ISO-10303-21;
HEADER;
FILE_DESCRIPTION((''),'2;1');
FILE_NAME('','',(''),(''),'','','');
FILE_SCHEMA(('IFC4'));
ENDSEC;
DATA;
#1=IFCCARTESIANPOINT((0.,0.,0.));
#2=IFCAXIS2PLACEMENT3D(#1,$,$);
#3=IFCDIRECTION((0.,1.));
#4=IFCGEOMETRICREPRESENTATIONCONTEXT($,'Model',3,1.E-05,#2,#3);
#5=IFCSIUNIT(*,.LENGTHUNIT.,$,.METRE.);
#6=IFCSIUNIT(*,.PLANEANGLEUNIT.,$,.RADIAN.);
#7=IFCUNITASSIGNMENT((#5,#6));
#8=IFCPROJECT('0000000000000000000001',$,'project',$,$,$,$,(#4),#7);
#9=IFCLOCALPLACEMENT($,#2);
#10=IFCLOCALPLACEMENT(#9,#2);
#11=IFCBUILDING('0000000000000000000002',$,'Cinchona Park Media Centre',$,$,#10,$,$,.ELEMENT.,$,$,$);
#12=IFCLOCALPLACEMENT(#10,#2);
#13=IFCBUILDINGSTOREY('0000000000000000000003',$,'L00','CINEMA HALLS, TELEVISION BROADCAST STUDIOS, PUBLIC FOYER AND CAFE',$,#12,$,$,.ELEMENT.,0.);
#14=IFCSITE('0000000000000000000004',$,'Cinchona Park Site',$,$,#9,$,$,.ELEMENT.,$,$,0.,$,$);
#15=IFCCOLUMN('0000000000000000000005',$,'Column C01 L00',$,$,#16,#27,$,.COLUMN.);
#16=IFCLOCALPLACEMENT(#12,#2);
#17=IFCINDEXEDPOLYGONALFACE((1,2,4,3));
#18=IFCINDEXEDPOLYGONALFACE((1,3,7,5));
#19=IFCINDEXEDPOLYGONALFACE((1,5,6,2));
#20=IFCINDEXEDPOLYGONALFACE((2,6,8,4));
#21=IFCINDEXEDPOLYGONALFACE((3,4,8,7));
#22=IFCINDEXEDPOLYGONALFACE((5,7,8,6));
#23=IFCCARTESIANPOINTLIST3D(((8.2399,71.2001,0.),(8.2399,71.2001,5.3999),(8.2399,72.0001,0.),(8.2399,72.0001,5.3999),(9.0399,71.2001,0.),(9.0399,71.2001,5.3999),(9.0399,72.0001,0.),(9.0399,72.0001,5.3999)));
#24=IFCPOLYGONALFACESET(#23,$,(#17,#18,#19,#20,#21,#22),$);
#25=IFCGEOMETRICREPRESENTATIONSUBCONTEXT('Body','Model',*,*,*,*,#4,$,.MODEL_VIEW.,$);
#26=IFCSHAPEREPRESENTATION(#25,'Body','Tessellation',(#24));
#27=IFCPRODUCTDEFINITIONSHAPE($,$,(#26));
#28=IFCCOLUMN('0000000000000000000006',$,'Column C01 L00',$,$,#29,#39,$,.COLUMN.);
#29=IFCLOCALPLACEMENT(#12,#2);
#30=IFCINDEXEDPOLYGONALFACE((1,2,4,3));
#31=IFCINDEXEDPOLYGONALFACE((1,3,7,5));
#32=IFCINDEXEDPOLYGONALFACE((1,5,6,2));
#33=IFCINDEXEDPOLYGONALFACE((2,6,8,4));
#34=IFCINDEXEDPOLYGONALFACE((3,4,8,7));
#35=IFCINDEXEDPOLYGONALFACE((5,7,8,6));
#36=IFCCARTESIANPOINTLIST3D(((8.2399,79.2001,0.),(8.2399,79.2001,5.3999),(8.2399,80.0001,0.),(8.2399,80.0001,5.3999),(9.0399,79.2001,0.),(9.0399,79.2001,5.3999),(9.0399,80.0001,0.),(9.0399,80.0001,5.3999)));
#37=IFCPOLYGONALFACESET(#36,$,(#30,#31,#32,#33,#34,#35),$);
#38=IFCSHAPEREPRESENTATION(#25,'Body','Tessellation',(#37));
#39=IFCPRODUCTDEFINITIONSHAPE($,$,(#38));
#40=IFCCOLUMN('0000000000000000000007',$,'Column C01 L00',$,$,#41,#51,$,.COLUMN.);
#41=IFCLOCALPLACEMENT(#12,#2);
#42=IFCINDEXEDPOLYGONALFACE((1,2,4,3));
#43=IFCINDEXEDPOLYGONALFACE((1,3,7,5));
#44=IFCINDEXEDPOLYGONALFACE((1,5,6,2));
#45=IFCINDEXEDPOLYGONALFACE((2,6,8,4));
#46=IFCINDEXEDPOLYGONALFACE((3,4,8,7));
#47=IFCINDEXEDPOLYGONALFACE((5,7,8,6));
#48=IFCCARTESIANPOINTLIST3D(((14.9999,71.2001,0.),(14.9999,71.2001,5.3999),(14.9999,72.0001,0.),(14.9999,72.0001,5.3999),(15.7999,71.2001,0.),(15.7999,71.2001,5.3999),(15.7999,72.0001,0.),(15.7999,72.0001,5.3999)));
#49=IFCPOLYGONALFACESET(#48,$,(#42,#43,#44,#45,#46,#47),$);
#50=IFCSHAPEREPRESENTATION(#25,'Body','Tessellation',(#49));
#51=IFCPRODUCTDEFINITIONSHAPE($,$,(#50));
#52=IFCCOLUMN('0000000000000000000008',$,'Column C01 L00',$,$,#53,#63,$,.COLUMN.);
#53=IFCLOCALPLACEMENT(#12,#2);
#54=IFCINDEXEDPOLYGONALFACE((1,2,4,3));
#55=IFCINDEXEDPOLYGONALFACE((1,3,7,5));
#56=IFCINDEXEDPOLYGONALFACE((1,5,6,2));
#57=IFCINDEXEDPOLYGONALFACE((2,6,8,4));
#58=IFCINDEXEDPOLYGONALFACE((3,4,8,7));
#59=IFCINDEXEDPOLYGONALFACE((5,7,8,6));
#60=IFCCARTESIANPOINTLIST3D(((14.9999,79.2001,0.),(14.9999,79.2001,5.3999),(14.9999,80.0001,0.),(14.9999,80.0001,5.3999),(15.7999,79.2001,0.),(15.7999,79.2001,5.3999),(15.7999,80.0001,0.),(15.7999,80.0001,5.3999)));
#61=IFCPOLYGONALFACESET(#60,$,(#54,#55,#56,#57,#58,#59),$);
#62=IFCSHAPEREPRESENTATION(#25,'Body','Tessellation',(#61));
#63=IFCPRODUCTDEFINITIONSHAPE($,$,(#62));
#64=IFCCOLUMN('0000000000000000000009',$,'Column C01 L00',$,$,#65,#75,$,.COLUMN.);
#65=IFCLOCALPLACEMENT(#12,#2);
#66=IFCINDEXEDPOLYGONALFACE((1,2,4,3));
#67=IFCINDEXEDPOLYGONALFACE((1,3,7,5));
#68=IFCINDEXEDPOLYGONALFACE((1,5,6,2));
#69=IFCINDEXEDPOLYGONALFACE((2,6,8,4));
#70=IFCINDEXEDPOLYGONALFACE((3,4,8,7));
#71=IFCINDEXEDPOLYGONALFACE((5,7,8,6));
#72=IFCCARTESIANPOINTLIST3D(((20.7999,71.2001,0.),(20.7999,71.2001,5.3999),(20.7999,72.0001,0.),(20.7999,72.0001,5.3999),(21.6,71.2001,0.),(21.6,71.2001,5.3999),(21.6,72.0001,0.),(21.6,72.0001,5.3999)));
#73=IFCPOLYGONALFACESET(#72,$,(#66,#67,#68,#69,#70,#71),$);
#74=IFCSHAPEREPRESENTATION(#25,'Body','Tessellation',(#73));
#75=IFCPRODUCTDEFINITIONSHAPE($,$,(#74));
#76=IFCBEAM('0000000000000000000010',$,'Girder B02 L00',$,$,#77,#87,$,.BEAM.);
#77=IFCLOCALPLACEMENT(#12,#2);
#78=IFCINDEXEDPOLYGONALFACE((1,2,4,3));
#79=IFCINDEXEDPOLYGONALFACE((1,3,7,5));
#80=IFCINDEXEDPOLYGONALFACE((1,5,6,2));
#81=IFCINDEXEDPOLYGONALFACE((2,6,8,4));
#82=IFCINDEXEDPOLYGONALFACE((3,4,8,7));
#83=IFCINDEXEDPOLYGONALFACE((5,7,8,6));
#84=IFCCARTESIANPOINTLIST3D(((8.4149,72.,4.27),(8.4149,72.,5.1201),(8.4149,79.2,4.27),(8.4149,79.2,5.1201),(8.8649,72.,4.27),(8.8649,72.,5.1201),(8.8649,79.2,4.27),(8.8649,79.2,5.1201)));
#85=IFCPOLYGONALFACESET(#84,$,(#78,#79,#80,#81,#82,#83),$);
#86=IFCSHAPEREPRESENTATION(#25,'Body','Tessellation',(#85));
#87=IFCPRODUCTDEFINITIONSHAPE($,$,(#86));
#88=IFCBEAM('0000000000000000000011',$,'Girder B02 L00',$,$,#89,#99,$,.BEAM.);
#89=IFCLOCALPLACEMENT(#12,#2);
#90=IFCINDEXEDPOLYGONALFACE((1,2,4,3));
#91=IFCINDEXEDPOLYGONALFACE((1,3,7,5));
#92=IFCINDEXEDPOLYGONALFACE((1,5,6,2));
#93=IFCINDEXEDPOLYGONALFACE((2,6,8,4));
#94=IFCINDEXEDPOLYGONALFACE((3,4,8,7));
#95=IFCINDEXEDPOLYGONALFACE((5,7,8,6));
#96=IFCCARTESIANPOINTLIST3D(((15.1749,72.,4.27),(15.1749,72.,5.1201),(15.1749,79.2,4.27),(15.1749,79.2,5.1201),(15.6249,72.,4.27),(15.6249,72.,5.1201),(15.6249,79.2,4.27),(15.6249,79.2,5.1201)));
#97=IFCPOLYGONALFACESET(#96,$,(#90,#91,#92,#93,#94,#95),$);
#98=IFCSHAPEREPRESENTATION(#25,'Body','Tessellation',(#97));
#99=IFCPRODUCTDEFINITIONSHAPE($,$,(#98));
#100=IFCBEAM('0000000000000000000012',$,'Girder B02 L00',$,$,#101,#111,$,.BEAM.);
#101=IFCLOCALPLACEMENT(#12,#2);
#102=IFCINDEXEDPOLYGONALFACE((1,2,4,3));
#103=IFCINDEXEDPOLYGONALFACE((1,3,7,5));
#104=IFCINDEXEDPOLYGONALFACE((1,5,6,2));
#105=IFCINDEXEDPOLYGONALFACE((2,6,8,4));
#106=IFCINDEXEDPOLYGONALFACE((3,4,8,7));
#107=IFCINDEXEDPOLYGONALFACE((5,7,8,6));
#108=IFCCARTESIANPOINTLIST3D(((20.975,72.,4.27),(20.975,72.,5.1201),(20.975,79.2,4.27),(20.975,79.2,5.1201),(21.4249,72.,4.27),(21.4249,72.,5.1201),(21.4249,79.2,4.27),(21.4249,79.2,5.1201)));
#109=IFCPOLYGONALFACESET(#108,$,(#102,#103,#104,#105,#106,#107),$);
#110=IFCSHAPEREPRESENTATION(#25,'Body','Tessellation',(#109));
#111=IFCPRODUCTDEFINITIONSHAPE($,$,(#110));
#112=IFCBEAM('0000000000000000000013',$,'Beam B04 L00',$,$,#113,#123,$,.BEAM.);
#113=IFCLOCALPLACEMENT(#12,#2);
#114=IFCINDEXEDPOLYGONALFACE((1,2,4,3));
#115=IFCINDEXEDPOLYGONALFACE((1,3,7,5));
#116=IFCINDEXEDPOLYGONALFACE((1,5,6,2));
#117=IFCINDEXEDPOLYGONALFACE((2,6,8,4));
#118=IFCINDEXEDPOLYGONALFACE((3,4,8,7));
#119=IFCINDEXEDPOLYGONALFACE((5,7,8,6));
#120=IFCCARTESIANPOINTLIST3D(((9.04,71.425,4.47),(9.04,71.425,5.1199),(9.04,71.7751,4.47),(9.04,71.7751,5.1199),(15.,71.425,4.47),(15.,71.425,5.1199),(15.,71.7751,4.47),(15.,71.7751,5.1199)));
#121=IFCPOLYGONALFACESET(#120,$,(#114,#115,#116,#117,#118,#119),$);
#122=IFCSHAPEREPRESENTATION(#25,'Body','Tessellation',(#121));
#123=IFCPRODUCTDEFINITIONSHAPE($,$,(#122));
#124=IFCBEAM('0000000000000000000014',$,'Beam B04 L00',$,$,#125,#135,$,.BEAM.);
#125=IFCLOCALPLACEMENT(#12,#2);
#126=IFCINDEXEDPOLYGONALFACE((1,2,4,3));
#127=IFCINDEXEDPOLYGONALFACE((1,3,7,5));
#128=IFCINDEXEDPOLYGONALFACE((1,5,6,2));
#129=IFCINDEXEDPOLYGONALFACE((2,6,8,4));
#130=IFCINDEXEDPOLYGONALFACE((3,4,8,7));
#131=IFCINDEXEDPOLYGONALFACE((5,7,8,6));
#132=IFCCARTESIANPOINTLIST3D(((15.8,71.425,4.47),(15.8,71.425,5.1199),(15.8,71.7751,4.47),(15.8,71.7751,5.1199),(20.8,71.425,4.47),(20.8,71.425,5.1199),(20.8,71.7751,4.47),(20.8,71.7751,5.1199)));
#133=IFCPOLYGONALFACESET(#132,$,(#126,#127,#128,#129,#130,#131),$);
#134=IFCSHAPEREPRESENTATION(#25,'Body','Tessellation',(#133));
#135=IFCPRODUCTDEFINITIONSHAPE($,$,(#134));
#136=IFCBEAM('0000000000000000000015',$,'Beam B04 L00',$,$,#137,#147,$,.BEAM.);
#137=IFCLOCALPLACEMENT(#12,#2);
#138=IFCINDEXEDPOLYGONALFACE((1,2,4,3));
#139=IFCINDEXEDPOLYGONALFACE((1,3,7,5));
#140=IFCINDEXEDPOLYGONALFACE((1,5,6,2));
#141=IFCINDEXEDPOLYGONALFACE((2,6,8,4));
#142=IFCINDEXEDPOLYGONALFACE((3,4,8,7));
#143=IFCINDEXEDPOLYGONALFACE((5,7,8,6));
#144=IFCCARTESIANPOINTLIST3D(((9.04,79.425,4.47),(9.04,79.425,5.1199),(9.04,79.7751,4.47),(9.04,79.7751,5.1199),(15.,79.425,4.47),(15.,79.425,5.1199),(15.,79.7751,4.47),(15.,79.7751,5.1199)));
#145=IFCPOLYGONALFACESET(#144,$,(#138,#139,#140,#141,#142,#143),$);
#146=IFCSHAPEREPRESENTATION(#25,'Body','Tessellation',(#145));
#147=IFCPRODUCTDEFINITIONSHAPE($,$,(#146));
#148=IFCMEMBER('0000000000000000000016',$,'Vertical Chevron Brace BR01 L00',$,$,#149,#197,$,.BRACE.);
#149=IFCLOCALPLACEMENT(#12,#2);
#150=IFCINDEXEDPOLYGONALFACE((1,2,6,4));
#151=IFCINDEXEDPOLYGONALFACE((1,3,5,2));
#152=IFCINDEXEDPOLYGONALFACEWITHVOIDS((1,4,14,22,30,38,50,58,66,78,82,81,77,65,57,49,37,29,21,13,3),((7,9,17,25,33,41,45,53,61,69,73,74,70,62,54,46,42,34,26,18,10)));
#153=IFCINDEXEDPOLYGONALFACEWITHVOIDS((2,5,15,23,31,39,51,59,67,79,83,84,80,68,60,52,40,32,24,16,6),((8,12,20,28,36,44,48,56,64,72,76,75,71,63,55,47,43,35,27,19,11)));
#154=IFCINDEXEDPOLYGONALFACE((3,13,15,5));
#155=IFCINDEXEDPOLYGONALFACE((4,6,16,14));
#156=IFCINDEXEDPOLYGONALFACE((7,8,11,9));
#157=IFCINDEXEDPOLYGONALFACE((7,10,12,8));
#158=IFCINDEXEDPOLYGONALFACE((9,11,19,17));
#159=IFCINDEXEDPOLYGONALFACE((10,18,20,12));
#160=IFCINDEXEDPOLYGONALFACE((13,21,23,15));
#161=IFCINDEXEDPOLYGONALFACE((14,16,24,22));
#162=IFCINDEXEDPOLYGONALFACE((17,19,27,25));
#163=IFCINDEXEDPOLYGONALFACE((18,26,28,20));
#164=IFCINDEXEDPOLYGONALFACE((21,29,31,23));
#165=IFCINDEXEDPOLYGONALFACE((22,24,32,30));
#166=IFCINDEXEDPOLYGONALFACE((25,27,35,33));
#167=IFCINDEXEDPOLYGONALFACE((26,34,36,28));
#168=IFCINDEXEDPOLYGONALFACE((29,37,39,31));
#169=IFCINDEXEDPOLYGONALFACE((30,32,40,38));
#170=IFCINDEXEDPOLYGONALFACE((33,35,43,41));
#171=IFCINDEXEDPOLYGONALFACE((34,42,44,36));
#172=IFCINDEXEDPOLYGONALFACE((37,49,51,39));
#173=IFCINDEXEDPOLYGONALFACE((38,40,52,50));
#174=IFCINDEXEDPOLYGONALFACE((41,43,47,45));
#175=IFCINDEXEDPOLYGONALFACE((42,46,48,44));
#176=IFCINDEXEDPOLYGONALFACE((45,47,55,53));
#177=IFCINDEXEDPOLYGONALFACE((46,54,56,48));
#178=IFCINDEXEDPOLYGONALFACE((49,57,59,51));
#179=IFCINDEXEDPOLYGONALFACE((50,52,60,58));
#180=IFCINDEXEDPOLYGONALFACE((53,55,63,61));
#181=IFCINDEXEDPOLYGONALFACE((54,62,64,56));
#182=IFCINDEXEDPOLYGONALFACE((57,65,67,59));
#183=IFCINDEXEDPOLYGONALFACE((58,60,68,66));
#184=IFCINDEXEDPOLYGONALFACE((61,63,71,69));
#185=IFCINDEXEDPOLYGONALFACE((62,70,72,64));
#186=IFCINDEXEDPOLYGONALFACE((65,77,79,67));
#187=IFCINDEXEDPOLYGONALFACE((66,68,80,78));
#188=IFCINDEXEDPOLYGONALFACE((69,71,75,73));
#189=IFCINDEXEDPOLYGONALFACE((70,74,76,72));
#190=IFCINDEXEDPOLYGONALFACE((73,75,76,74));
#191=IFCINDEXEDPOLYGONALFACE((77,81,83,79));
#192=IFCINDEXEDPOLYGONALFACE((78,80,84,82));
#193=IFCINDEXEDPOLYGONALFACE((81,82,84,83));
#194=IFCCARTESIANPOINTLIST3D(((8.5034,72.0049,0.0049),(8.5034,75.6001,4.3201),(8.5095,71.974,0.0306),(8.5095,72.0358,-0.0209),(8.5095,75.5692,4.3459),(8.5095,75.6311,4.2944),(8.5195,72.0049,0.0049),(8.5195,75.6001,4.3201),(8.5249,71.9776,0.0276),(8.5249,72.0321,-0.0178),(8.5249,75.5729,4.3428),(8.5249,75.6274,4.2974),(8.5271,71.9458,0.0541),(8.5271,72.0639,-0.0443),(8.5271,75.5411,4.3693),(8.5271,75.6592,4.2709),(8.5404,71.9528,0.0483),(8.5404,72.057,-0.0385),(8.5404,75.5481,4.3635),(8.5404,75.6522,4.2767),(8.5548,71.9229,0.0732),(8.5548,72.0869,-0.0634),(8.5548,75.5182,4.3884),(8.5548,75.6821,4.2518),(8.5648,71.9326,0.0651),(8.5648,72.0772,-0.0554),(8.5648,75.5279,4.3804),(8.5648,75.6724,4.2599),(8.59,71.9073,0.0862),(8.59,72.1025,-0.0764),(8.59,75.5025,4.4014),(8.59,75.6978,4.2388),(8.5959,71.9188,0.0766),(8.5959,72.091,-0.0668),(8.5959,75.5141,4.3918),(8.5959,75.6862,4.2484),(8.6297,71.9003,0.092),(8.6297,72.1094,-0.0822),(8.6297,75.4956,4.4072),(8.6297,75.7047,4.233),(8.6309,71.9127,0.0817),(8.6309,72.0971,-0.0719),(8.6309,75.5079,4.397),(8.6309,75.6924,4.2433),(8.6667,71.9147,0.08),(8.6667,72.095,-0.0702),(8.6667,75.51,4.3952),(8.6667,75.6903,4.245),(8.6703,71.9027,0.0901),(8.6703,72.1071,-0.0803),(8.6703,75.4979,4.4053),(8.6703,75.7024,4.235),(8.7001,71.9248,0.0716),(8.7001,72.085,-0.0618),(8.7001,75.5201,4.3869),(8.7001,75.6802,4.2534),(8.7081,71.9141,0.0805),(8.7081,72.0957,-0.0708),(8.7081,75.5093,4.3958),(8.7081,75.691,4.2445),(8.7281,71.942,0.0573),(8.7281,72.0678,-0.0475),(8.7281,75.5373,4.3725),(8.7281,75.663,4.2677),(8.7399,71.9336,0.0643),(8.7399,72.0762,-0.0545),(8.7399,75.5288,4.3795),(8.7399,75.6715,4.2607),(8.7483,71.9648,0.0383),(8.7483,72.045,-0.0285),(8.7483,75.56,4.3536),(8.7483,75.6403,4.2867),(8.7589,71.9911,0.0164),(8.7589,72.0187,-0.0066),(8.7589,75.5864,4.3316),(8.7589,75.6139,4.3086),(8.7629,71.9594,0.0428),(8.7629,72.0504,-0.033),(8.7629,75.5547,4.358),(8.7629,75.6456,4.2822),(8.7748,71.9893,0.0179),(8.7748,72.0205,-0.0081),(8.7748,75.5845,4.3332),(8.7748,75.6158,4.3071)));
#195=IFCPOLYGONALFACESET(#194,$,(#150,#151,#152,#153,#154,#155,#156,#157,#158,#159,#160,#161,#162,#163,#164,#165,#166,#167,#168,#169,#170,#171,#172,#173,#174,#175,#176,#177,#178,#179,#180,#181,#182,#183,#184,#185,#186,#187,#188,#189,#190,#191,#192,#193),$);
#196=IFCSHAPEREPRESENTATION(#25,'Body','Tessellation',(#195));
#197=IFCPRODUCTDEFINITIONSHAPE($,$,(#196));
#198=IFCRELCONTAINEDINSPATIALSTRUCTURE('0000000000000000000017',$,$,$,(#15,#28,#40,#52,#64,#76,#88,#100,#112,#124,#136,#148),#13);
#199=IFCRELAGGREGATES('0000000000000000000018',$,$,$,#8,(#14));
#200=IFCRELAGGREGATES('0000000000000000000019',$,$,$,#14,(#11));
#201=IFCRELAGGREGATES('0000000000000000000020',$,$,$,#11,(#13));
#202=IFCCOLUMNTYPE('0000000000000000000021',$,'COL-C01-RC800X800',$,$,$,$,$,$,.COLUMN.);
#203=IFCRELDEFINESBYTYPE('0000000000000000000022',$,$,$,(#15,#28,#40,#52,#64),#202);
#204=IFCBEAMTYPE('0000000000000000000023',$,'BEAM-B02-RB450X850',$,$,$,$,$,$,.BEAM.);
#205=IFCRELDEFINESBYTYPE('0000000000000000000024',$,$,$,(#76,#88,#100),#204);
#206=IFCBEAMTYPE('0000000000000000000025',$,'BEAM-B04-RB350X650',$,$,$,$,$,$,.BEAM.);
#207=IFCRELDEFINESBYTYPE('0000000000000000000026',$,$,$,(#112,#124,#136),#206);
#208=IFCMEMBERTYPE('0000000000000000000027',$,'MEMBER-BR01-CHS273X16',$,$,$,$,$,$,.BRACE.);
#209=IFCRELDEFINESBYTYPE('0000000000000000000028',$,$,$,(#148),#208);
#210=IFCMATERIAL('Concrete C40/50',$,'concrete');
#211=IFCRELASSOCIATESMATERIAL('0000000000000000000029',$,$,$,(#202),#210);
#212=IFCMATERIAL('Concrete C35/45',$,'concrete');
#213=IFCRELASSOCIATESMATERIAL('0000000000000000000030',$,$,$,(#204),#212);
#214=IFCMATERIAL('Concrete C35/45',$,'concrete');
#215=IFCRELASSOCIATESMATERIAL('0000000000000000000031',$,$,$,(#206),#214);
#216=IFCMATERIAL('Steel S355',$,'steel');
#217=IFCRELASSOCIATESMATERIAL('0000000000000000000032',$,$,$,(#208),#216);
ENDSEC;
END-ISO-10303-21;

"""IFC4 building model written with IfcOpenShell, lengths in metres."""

from ifc_helpers import new_model, si_unit, direction, frame, origin, origin_2d, place, context, subcontext, project, spatial, rectangle, hollow_circle, extrude, material, material_profile, profile_set, type_object, element, save


model = new_model("IFC4")

# Units and contexts
model_context = context("Model", 3, precision=1e-05, world=origin(), true_north=direction((0.0, 1.0)))
body_context = subcontext(model_context, "Body", "Model", "MODEL_VIEW")
ifc_project = project(units=[si_unit("LENGTHUNIT", "METRE"), si_unit("PLANEANGLEUNIT", "RADIAN")], contexts=[model_context])

# Site, building, storey
site_placement = place(None, origin())
site = spatial("IfcSite", under=ifc_project, at=site_placement, Name="Cinchona Park Site", CompositionType="ELEMENT", RefElevation=0.0)
building_placement = place(site_placement, origin())
building = spatial("IfcBuilding", under=site, at=building_placement, Name="Cinchona Park Media Centre", CompositionType="ELEMENT")
storey_placement = place(building_placement, origin())
storey = spatial("IfcBuildingStorey", under=building, at=storey_placement, Name="L00", Description="CINEMA HALLS, TELEVISION BROADCAST STUDIOS, PUBLIC FOYER AND CAFE", CompositionType="ELEMENT", Elevation=0.0)

# Columns
ifc_material_1 = material(Name="Concrete C40/50", Category="concrete")
ifc_material_profile_1 = material_profile(ifc_material_1, rectangle(XDim=0.8, YDim=0.8, at=origin_2d()), Name="RC 800X800")
ifc_profile_set_1 = profile_set([ifc_material_profile_1], Name="Concrete C40/50")
column_type = type_object("IfcColumnType", Name="COL-C01-RC800X800", PredefinedType="COLUMN", material=ifc_profile_set_1)
for number, where, z_axis, x_axis, name in (
    (1, (8.6399, 71.6001, 0.0), (0.0, 0.0, 1.0), (1.0, 0.0, 0.0), "Column C01 L00"),
    (2, (8.6399, 79.6001, 0.0), (0.0, 0.0, 1.0), (1.0, 0.0, 0.0), "Column C01 L00"),
    (3, (15.3999, 71.6001, 0.0), (0.0, 0.0, 1.0), (1.0, 0.0, 0.0), "Column C01 L00"),
    (4, (15.3999, 79.6001, 0.0), (0.0, 0.0, 1.0), (1.0, 0.0, 0.0), "Column C01 L00"),
    (5, (21.2, 71.6001, 0.0), (0.0, 0.0, 1.0), (1.0, 0.0, 0.0), "Column C01 L00"),
):
    element("IfcColumn", number, at=place(storey_placement, frame(where, z_axis=z_axis, x_axis=x_axis)), inside=storey, type_object=column_type, Name=name, PredefinedType="COLUMN", context=body_context, shape_type="SweptSolid", body=[
        extrude(rectangle(XDim=0.8, YDim=0.8, at=origin_2d()), origin(), (0.0, 0.0, 1.0), 5.3999),
    ])

# Beams
ifc_material_2 = material(Name="Concrete C35/45", Category="concrete")
ifc_material_profile_2 = material_profile(ifc_material_2, rectangle(XDim=0.45, YDim=0.8501, at=origin_2d()), Name="RB 450X850")
ifc_profile_set_2 = profile_set([ifc_material_profile_2], Name="Concrete C35/45")
beam_type_1 = type_object("IfcBeamType", Name="BEAM-B02-RB450X850", PredefinedType="BEAM", material=ifc_profile_set_2)
for number, where, z_axis, x_axis, name in (
    (6, (8.6399, 72.0, 4.6951), (0.0, 1.0, 0.0), (-1.0, 0.0, 0.0), "Girder B02 L00"),
    (7, (15.3999, 72.0, 4.6951), (0.0, 1.0, 0.0), (-1.0, 0.0, 0.0), "Girder B02 L00"),
    (8, (21.2, 72.0, 4.6951), (0.0, 1.0, 0.0), (-1.0, 0.0, 0.0), "Girder B02 L00"),
):
    element("IfcBeam", number, at=place(storey_placement, frame(where, z_axis=z_axis, x_axis=x_axis)), inside=storey, type_object=beam_type_1, Name=name, PredefinedType="BEAM", context=body_context, shape_type="SweptSolid", body=[
        extrude(rectangle(XDim=0.45, YDim=0.8501, at=origin_2d()), origin(), (0.0, 0.0, 1.0), 7.2),
    ])
ifc_material_3 = material(Name="Concrete C35/45", Category="concrete")
ifc_material_profile_3 = material_profile(ifc_material_3, rectangle(XDim=0.3501, YDim=0.6499, at=origin_2d()), Name="RB 350X650")
ifc_profile_set_3 = profile_set([ifc_material_profile_3], Name="Concrete C35/45")
beam_type_2 = type_object("IfcBeamType", Name="BEAM-B04-RB350X650", PredefinedType="BEAM", material=ifc_profile_set_3)
beam_1_placement = place(storey_placement, frame((9.04, 71.6001, 4.7949), z_axis=(1.0, 0.0, 0.0), x_axis=(0.0, 1.0, 0.0)))
element("IfcBeam", 9, at=beam_1_placement, inside=storey, type_object=beam_type_2, Name="Beam B04 L00", PredefinedType="BEAM", context=body_context, shape_type="SweptSolid", body=[
    extrude(rectangle(XDim=0.3501, YDim=0.6499, at=origin_2d()), origin(), (0.0, 0.0, 1.0), 5.96),
])
beam_2_placement = place(storey_placement, frame((15.8, 71.6001, 4.7949), z_axis=(1.0, 0.0, 0.0), x_axis=(0.0, 1.0, 0.0)))
element("IfcBeam", 10, at=beam_2_placement, inside=storey, type_object=beam_type_2, Name="Beam B04 L00", PredefinedType="BEAM", context=body_context, shape_type="SweptSolid", body=[
    extrude(rectangle(XDim=0.3501, YDim=0.6499, at=origin_2d()), origin(), (0.0, 0.0, 1.0), 5.0),
])
beam_3_placement = place(storey_placement, frame((9.04, 79.6001, 4.7949), z_axis=(1.0, 0.0, 0.0), x_axis=(0.0, 1.0, 0.0)))
element("IfcBeam", 11, at=beam_3_placement, inside=storey, type_object=beam_type_2, Name="Beam B04 L00", PredefinedType="BEAM", context=body_context, shape_type="SweptSolid", body=[
    extrude(rectangle(XDim=0.3501, YDim=0.6499, at=origin_2d()), origin(), (0.0, 0.0, 1.0), 5.96),
])

# Member
ifc_material_4 = material(Name="Steel S355", Category="steel")
ifc_material_profile_4 = material_profile(ifc_material_4, hollow_circle(Radius=0.1365, WallThickness=0.0161, at=origin_2d()), Name="273X16CHS")
ifc_profile_set_4 = profile_set([ifc_material_profile_4], Name="Steel S355")
member_type = type_object("IfcMemberType", Name="MEMBER-BR01-CHS273X16", PredefinedType="BRACE", material=ifc_profile_set_4)
member_1_placement = place(storey_placement, frame((8.6399, 72.0049, 0.0049), z_axis=(0.0, 0.640103, 0.768289), x_axis=(-1.0, 0.0, 0.0)))
element("IfcMember", 12, at=member_1_placement, inside=storey, type_object=member_type, Name="Vertical Chevron Brace BR01 L00", PredefinedType="BRACE", context=body_context, shape_type="SweptSolid", body=[
    extrude(hollow_circle(Radius=0.1365, WallThickness=0.0161, at=origin_2d()), origin(), (0.0, 0.0, 1.0), 5.6167),
])

save(model, "model.ifc")
